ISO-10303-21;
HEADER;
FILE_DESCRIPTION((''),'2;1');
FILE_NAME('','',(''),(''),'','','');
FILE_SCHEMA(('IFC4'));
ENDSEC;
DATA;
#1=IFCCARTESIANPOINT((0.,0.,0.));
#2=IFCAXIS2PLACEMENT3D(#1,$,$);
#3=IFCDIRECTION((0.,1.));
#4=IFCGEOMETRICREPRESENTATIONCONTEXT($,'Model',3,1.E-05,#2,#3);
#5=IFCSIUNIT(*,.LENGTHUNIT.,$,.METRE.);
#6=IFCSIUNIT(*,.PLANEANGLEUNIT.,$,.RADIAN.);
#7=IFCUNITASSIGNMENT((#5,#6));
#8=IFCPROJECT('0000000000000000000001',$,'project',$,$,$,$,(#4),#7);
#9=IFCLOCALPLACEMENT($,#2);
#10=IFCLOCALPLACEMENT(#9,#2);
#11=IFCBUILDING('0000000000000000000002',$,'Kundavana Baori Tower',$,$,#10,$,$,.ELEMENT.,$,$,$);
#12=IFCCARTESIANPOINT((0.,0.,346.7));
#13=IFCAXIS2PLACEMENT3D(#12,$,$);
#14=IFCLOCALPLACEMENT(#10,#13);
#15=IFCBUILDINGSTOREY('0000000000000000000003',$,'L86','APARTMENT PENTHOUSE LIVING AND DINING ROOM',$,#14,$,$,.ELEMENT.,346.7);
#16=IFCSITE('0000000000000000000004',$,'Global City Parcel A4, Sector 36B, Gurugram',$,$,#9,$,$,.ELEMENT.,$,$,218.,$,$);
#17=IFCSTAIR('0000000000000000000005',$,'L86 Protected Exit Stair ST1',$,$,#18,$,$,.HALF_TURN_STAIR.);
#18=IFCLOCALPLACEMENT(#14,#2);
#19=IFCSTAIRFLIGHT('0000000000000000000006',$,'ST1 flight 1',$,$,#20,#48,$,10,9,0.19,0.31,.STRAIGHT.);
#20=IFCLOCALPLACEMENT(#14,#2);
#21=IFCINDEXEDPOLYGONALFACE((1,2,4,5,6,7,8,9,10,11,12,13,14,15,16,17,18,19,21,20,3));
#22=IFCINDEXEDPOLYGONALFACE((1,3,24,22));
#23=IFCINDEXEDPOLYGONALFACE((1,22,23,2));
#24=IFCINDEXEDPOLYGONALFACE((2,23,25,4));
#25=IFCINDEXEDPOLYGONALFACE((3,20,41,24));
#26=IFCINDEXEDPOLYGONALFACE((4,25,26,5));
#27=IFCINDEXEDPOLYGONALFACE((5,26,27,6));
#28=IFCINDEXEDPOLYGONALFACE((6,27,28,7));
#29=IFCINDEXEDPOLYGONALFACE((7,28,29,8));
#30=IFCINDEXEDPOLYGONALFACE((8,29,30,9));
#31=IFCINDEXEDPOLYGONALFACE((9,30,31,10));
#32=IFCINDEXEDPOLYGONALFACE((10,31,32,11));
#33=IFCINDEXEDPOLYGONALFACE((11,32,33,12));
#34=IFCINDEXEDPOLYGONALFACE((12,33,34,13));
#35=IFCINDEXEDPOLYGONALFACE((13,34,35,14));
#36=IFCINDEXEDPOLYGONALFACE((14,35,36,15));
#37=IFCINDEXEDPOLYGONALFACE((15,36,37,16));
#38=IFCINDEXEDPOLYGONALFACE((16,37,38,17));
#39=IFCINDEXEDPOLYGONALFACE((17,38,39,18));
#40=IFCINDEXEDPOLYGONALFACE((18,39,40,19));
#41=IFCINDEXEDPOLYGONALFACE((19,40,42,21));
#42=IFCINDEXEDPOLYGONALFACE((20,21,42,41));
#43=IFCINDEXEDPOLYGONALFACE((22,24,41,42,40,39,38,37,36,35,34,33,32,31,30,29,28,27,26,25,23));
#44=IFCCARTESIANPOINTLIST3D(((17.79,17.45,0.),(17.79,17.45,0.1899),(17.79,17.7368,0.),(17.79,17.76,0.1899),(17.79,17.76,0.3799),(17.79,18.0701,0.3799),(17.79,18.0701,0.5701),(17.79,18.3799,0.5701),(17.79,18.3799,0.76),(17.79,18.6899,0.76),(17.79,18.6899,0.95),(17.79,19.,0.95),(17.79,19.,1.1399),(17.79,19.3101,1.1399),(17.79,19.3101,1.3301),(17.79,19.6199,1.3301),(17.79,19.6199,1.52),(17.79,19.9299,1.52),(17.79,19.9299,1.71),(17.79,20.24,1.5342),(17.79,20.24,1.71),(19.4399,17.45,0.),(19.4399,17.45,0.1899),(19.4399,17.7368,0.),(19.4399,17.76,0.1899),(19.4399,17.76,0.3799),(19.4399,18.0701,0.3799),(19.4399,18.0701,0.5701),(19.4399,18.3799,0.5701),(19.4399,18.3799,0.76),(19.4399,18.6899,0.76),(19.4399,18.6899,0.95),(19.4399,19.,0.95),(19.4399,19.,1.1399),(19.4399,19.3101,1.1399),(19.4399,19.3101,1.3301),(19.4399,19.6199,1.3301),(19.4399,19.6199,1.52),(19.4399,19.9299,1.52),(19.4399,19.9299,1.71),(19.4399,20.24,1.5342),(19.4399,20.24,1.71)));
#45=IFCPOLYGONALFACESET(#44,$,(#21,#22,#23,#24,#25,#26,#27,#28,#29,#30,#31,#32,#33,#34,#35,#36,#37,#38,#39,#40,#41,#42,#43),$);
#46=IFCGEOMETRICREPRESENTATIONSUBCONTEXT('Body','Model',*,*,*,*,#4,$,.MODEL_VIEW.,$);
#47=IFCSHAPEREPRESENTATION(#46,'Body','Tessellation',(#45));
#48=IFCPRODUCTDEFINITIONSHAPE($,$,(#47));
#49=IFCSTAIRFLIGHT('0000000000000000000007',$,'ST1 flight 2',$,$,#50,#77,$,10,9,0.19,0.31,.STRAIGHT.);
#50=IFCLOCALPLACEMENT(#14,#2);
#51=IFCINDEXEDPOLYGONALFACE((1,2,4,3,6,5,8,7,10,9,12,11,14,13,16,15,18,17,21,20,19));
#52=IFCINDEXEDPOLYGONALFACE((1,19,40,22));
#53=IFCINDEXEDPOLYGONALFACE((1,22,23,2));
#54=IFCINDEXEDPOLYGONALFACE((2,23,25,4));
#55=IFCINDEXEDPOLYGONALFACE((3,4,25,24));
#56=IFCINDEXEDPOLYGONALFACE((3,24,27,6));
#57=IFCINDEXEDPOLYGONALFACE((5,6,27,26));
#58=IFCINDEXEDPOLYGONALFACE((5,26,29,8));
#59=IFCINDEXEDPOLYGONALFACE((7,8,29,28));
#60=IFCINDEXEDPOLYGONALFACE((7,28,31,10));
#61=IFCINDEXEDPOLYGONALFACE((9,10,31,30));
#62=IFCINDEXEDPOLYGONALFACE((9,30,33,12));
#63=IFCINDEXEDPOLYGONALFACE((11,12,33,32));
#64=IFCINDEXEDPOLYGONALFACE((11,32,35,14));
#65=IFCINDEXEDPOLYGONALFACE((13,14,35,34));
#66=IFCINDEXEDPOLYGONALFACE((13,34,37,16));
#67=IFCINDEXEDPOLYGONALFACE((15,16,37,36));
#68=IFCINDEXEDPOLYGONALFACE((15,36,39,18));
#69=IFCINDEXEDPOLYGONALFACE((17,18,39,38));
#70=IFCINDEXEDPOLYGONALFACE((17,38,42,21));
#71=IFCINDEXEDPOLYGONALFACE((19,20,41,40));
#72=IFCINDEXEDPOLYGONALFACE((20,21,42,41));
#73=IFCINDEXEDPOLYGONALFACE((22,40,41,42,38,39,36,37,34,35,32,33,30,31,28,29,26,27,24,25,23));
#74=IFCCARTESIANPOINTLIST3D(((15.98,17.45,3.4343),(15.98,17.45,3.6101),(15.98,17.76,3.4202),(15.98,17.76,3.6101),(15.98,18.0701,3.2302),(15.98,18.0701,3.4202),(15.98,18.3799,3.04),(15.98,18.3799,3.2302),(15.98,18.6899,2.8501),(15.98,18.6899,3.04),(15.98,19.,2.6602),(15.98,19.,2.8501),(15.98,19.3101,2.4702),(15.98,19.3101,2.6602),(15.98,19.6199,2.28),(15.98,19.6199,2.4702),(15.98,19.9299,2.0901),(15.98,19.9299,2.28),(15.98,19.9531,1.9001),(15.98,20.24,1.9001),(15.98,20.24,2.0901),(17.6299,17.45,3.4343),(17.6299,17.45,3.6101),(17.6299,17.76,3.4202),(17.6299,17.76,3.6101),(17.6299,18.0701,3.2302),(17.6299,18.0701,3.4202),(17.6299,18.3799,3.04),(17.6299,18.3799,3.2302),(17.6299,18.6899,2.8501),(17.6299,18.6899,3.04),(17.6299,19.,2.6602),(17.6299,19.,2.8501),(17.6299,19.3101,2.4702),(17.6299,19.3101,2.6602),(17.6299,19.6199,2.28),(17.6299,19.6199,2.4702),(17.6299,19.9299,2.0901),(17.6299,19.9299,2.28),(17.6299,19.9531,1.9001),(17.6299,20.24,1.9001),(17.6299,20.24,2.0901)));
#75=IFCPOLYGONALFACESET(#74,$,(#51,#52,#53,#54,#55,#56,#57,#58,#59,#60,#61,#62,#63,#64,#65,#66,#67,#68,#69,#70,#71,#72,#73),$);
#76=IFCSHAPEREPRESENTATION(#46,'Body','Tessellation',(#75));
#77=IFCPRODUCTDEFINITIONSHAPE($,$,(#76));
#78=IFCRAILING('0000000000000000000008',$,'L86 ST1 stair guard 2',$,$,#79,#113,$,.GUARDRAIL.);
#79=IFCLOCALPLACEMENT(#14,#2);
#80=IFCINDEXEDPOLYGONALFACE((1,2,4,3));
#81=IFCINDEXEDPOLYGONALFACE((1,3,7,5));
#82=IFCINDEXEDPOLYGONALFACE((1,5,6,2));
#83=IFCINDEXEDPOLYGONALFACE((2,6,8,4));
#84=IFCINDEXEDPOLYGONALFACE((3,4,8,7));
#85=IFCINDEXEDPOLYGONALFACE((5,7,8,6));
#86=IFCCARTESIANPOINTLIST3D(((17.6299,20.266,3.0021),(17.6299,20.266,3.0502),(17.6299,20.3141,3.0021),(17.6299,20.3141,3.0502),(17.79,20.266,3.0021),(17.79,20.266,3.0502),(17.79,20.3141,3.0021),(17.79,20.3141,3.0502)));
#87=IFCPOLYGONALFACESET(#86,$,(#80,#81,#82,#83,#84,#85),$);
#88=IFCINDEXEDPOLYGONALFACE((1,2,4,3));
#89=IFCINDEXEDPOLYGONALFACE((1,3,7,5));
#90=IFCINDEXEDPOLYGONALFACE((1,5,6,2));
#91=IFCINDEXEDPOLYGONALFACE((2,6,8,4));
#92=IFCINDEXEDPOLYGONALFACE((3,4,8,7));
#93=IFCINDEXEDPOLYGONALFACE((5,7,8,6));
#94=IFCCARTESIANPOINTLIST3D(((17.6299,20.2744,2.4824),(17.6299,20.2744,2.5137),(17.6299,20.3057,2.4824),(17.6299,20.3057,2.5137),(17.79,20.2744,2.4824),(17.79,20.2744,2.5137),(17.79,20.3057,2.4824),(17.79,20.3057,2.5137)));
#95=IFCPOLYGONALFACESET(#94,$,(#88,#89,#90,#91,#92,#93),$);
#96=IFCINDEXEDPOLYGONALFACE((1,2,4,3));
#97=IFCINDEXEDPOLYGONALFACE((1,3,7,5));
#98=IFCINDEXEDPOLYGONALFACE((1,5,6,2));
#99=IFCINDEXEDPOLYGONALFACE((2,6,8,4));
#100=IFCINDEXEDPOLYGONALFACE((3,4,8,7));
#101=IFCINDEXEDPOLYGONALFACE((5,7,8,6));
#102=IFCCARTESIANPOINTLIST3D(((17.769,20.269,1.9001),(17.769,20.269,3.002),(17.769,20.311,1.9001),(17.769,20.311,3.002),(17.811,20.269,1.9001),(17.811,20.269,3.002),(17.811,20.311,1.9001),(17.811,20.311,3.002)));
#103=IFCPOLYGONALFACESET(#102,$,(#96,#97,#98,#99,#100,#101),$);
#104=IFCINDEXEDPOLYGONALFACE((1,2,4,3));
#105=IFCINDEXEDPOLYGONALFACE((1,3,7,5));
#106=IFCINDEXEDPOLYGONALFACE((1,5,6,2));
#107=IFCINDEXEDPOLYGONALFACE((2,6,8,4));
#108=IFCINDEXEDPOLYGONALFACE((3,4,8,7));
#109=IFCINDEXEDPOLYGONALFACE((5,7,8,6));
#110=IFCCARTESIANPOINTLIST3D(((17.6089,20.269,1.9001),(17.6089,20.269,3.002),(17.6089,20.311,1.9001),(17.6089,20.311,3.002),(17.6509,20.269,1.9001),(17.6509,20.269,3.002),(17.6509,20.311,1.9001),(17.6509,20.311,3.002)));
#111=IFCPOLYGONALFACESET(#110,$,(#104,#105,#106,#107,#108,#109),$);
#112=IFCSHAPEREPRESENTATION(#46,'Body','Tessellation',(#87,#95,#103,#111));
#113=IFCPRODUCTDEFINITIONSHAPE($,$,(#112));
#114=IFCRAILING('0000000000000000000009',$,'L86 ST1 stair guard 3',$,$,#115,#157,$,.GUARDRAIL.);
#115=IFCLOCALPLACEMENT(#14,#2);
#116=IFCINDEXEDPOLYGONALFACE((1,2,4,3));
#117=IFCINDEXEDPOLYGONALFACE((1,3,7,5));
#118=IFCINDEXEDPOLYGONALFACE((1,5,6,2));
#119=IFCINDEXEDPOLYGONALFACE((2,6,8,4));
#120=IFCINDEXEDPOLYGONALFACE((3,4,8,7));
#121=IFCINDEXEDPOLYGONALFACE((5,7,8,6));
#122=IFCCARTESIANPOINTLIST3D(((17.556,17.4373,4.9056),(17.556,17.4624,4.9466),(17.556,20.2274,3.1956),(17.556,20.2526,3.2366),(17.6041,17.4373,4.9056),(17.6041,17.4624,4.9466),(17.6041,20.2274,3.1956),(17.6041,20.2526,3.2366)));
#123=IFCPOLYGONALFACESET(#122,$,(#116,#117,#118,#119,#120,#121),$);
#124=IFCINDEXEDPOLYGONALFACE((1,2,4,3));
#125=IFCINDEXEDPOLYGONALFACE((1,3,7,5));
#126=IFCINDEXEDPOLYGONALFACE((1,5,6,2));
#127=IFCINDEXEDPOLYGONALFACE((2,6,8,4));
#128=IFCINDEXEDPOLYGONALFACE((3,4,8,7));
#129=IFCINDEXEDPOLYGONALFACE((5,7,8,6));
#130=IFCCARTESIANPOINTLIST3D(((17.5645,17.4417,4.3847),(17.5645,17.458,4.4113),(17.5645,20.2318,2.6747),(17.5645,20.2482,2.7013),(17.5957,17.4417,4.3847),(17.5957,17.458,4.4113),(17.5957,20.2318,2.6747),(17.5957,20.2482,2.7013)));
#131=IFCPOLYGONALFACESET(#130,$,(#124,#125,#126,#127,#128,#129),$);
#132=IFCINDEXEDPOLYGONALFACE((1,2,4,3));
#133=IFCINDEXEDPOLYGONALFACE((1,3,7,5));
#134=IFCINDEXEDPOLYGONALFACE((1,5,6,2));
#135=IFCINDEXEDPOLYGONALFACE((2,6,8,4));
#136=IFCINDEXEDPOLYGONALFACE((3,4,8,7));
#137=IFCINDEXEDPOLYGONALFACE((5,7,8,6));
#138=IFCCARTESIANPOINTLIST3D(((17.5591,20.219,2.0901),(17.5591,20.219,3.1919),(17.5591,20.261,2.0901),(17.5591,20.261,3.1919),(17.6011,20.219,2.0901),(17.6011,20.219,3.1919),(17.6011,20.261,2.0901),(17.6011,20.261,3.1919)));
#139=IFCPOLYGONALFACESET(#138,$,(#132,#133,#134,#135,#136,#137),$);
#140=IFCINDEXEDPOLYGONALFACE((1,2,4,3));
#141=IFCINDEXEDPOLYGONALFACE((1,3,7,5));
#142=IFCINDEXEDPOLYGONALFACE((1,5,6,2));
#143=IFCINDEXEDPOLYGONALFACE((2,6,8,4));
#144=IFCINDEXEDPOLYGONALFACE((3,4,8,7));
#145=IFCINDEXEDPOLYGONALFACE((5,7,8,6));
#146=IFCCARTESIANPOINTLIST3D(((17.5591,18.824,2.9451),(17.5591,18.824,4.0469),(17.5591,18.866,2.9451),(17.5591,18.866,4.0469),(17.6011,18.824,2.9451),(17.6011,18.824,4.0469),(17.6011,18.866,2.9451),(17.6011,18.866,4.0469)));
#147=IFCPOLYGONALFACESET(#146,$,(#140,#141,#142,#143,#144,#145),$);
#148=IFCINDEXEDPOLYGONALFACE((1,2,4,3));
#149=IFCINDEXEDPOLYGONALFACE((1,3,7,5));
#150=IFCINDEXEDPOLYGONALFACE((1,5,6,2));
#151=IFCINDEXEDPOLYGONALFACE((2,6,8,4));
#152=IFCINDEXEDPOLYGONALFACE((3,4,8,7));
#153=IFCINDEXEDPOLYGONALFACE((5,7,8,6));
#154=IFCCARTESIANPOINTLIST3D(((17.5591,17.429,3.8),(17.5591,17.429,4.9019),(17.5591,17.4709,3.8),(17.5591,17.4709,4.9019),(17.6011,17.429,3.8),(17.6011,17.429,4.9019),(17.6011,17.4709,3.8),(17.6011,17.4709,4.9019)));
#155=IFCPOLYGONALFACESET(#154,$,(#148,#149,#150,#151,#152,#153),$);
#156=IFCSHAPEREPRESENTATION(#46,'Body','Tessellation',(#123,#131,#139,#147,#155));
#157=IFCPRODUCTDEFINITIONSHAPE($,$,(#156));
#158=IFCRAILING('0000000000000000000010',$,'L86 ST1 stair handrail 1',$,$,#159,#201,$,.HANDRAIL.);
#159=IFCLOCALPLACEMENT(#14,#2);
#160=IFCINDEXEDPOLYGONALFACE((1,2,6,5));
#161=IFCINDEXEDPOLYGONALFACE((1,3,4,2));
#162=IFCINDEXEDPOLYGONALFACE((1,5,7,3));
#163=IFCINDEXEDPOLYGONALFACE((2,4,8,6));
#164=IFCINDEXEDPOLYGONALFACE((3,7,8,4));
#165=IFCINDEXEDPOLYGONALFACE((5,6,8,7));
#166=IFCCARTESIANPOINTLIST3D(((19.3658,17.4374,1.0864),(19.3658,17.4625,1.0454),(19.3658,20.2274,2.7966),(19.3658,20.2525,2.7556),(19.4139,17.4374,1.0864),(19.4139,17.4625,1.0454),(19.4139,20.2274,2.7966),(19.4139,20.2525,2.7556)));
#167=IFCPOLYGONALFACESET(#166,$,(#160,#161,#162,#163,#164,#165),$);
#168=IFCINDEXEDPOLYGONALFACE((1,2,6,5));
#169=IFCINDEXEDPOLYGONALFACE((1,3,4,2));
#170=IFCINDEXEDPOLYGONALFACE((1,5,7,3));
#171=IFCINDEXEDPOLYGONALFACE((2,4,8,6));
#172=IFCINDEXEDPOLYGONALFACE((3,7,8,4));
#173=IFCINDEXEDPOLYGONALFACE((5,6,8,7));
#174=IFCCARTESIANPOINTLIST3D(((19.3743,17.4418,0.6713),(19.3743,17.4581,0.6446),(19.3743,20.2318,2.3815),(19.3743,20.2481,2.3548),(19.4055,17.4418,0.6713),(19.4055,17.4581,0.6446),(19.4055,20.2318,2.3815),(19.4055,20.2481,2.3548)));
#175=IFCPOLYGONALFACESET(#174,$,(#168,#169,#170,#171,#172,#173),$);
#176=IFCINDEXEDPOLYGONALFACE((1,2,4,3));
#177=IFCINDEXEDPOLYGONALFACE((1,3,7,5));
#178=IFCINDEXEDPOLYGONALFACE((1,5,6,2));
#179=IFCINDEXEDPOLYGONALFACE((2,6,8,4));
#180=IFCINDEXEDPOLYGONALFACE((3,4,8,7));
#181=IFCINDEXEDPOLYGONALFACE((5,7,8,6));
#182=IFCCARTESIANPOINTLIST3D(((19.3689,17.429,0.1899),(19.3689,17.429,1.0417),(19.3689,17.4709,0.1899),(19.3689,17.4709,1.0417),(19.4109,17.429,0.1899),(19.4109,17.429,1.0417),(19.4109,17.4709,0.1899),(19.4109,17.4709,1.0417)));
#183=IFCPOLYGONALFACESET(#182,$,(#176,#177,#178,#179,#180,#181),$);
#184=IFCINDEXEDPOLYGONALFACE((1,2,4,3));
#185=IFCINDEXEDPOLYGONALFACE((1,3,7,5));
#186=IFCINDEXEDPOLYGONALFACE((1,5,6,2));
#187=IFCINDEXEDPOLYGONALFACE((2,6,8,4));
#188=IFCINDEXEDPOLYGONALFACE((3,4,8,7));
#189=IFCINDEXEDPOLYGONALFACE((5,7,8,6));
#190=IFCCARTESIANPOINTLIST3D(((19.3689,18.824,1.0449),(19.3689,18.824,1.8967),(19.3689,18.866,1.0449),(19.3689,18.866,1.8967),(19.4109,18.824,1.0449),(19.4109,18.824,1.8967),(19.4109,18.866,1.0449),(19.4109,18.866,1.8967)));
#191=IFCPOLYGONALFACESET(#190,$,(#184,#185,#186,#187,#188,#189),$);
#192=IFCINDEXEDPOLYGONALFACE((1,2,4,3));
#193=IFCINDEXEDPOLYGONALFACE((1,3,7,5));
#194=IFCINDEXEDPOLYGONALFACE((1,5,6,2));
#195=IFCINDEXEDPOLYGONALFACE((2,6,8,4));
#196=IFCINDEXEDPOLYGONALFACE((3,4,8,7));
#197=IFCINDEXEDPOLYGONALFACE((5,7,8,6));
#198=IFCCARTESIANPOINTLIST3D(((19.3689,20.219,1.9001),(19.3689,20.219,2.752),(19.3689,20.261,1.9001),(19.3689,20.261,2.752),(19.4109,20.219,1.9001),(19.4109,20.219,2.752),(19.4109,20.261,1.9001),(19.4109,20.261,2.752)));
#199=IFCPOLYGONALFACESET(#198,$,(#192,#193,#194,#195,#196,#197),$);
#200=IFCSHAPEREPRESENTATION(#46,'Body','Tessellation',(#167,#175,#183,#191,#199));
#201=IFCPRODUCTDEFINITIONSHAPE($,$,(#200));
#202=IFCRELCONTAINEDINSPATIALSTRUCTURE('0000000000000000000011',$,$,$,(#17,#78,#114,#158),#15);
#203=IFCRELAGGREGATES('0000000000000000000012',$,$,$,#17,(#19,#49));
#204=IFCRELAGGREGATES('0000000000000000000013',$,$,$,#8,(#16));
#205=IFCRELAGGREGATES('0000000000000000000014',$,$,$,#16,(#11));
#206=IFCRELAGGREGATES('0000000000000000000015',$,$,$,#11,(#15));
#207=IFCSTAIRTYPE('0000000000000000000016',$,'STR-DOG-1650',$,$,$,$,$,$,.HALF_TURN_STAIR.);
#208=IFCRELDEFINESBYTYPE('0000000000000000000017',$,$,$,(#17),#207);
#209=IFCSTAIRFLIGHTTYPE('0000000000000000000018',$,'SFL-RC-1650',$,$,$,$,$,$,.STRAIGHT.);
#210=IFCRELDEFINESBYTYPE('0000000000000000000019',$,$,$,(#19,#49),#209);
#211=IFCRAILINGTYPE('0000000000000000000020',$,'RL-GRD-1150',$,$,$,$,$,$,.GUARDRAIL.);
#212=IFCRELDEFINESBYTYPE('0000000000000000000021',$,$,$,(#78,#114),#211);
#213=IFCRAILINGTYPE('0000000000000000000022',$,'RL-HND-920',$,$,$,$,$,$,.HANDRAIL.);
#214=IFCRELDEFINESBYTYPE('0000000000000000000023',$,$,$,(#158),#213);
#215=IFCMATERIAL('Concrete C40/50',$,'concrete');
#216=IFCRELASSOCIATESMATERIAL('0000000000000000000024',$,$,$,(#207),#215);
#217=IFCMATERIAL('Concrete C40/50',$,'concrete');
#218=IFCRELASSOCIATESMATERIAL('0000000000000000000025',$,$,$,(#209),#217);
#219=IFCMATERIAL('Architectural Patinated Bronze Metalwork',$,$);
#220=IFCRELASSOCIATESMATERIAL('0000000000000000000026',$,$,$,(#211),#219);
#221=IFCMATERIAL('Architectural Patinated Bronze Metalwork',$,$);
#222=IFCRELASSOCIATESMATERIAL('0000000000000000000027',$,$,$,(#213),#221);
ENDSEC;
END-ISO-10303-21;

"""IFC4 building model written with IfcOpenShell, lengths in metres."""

from ifc_helpers import new_model, si_unit, direction, frame, origin, origin_2d, place, context, subcontext, project, spatial, polyline, rectangle, outline, extrude, material, type_object, element, aggregate, save


model = new_model("IFC4")

# Units and contexts
model_context = context("Model", 3, precision=1e-05, world=origin(), true_north=direction((0.0, 1.0)))
body_context = subcontext(model_context, "Body", "Model", "MODEL_VIEW")
ifc_project = project(units=[si_unit("LENGTHUNIT", "METRE"), si_unit("PLANEANGLEUNIT", "RADIAN")], contexts=[model_context])

# Site, building, storey
site_placement = place(None, origin())
site = spatial("IfcSite", under=ifc_project, at=site_placement, Name="Global City Parcel A4, Sector 36B, Gurugram", CompositionType="ELEMENT", RefElevation=218.0)
building_placement = place(site_placement, origin())
building = spatial("IfcBuilding", under=site, at=building_placement, Name="Kundavana Baori Tower", CompositionType="ELEMENT")
storey_placement = place(building_placement, frame((0.0, 0.0, 346.7)))
storey = spatial("IfcBuildingStorey", under=building, at=storey_placement, Name="L86", Description="APARTMENT PENTHOUSE LIVING AND DINING ROOM", CompositionType="ELEMENT", Elevation=346.7)

# Stair, stair flights
ifc_material_1 = material(Name="Concrete C40/50", Category="concrete")
stair_type = type_object("IfcStairType", Name="STR-DOG-1650", PredefinedType="HALF_TURN_STAIR", material=ifc_material_1)
stair_placement = place(storey_placement, origin())
stair = element("IfcStair", 1, at=stair_placement, inside=storey, type_object=stair_type, Name="L86 Protected Exit Stair ST1", PredefinedType="HALF_TURN_STAIR")
ifc_material_2 = material(Name="Concrete C40/50", Category="concrete")
stair_flight_type = type_object("IfcStairFlightType", Name="SFL-RC-1650", PredefinedType="STRAIGHT", material=ifc_material_2)
stair_flight_1_placement = place(storey_placement, frame((18.615, 17.45, 0.0), z_axis=(0.0, 0.0, 1.0), x_axis=(0.0, 1.0, 0.0)))
stair_flight_1 = element("IfcStairFlight", 2, at=stair_flight_1_placement, type_object=stair_flight_type, Name="ST1 flight 1", NumberOfRisers=10, NumberOfTreads=9, PredefinedType="STRAIGHT", RiserHeight=0.19, TreadLength=0.31, context=body_context, shape_type="SweptSolid", body=[
    extrude(outline(polyline([(0.0, 0.0), (0.0, 0.1899), (0.3101, 0.1899), (0.3101, 0.3799), (0.6201, 0.3799), (0.6201, 0.5701), (0.9299, 0.5701), (0.9299, 0.76), (1.24, 0.76), (1.24, 0.95), (1.55, 0.95), (1.55, 1.1399), (1.8601, 1.1399), (1.8601, 1.3301), (2.1699, 1.3301), (2.1699, 1.52), (2.48, 1.52), (2.48, 1.71), (2.79, 1.71), (2.79, 1.8999), (2.79, 1.5342), (0.2869, 0.0), (0.0, 0.0)])), frame((0.0, 0.825, 0.0), z_axis=(0.0, -1.0, 0.0), x_axis=(1.0, 0.0, 0.0)), (0.0, 0.0, 1.0), 1.6499),
])
stair_flight_2_placement = place(storey_placement, frame((16.8049, 20.24, 1.9001), z_axis=(0.0, 0.0, 1.0), x_axis=(0.0, -1.0, 0.0)))
stair_flight_2 = element("IfcStairFlight", 3, at=stair_flight_2_placement, type_object=stair_flight_type, Name="ST1 flight 2", NumberOfRisers=10, NumberOfTreads=9, PredefinedType="STRAIGHT", RiserHeight=0.19, TreadLength=0.31, context=body_context, shape_type="SweptSolid", body=[
    extrude(outline(polyline([(0.0, 0.0), (0.0, 0.1899), (0.3101, 0.1899), (0.3101, 0.3799), (0.6201, 0.3799), (0.6201, 0.5701), (0.9299, 0.5701), (0.9299, 0.76), (1.24, 0.76), (1.24, 0.95), (1.55, 0.95), (1.55, 1.1399), (1.8601, 1.1399), (1.8601, 1.3301), (2.1699, 1.3301), (2.1699, 1.52), (2.48, 1.52), (2.48, 1.71), (2.79, 1.71), (2.79, 1.8999), (2.79, 1.5342), (0.2869, 0.0), (0.0, 0.0)])), frame((0.0, 0.825, 0.0), z_axis=(0.0, -1.0, 0.0), x_axis=(1.0, 0.0, 0.0)), (0.0, 0.0, 1.0), 1.6499),
])
aggregate(stair, [stair_flight_1, stair_flight_2])

# Railings
ifc_material_3 = material(Name="Architectural Patinated Bronze Metalwork")
railing_type_1 = type_object("IfcRailingType", Name="RL-GRD-1150", PredefinedType="GUARDRAIL", material=ifc_material_3)
railing_1_placement = place(storey_placement, frame((17.79, 20.29, 1.9001)))
element("IfcRailing", 4, at=railing_1_placement, inside=storey, type_object=railing_type_1, Name="L86 ST1 stair guard 2", PredefinedType="GUARDRAIL", context=body_context, shape_type="SweptSolid", body=[
    extrude(rectangle(XDim=0.0481, YDim=0.0481, at=origin_2d()), frame((0.0, 0.0, 1.126), z_axis=(-1.0, 0.0, 0.0), x_axis=(0.0, -1.0, 0.0)), (0.0, 0.0, 1.0), 0.1602),
    extrude(rectangle(XDim=0.0312, YDim=0.0312, at=origin_2d()), frame((0.0, 0.0, 0.5979), z_axis=(-1.0, 0.0, 0.0), x_axis=(0.0, -1.0, 0.0)), (0.0, 0.0, 1.0), 0.1602),
    extrude(rectangle(XDim=0.042, YDim=0.042, at=origin_2d()), origin(), (0.0, 0.0, 1.0), 1.1018),
    extrude(rectangle(XDim=0.042, YDim=0.042, at=origin_2d()), frame((-0.1602, 0.0, 0.0)), (0.0, 0.0, 1.0), 1.1018),
])
railing_2_placement = place(storey_placement, frame((17.5801, 20.24, 2.0901)))
element("IfcRailing", 5, at=railing_2_placement, inside=storey, type_object=railing_type_1, Name="L86 ST1 stair guard 3", PredefinedType="GUARDRAIL", context=body_context, shape_type="SweptSolid", body=[
    extrude(rectangle(XDim=0.0481, YDim=0.0481, at=origin_2d()), frame((0.0, 0.0, 1.126), z_axis=(0.0, -0.85261, 0.522548), x_axis=(1.0, 0.0, 0.0)), (0.0, 0.0, 1.0), 3.2725),
    extrude(rectangle(XDim=0.0312, YDim=0.0312, at=origin_2d()), frame((0.0, 0.0, 0.5979), z_axis=(0.0, -0.85261, 0.522548), x_axis=(1.0, 0.0, 0.0)), (0.0, 0.0, 1.0), 3.2725),
    extrude(rectangle(XDim=0.042, YDim=0.042, at=origin_2d()), origin(), (0.0, 0.0, 1.0), 1.1018),
    extrude(rectangle(XDim=0.042, YDim=0.042, at=origin_2d()), frame((0.0, -1.395, 0.855)), (0.0, 0.0, 1.0), 1.1018),
    extrude(rectangle(XDim=0.042, YDim=0.042, at=origin_2d()), frame((0.0, -2.79, 1.71)), (0.0, 0.0, 1.0), 1.1018),
])
ifc_material_4 = material(Name="Architectural Patinated Bronze Metalwork")
railing_type_2 = type_object("IfcRailingType", Name="RL-HND-920", PredefinedType="HANDRAIL", material=ifc_material_4)
railing_3_placement = place(storey_placement, frame((19.3899, 17.45, 0.1899)))
element("IfcRailing", 6, at=railing_3_placement, inside=storey, type_object=railing_type_2, Name="L86 ST1 stair handrail 1", PredefinedType="HANDRAIL", context=body_context, shape_type="SweptSolid", body=[
    extrude(rectangle(XDim=0.0481, YDim=0.0481, at=origin_2d()), frame((0.0, 0.0, 0.876), z_axis=(0.0, 0.852577, 0.522602), x_axis=(-1.0, 0.0, 0.0)), (0.0, 0.0, 1.0), 3.2725),
    extrude(rectangle(XDim=0.0312, YDim=0.0312, at=origin_2d()), frame((0.0, 0.0, 0.468), z_axis=(0.0, 0.852577, 0.522602), x_axis=(-1.0, 0.0, 0.0)), (0.0, 0.0, 1.0), 3.2725),
    extrude(rectangle(XDim=0.042, YDim=0.042, at=origin_2d()), origin(), (0.0, 0.0, 1.0), 0.8518),
    extrude(rectangle(XDim=0.042, YDim=0.042, at=origin_2d()), frame((0.0, 1.395, 0.855)), (0.0, 0.0, 1.0), 0.8518),
    extrude(rectangle(XDim=0.042, YDim=0.042, at=origin_2d()), frame((0.0, 2.79, 1.7102)), (0.0, 0.0, 1.0), 0.8518),
])

save(model, "model.ifc")
